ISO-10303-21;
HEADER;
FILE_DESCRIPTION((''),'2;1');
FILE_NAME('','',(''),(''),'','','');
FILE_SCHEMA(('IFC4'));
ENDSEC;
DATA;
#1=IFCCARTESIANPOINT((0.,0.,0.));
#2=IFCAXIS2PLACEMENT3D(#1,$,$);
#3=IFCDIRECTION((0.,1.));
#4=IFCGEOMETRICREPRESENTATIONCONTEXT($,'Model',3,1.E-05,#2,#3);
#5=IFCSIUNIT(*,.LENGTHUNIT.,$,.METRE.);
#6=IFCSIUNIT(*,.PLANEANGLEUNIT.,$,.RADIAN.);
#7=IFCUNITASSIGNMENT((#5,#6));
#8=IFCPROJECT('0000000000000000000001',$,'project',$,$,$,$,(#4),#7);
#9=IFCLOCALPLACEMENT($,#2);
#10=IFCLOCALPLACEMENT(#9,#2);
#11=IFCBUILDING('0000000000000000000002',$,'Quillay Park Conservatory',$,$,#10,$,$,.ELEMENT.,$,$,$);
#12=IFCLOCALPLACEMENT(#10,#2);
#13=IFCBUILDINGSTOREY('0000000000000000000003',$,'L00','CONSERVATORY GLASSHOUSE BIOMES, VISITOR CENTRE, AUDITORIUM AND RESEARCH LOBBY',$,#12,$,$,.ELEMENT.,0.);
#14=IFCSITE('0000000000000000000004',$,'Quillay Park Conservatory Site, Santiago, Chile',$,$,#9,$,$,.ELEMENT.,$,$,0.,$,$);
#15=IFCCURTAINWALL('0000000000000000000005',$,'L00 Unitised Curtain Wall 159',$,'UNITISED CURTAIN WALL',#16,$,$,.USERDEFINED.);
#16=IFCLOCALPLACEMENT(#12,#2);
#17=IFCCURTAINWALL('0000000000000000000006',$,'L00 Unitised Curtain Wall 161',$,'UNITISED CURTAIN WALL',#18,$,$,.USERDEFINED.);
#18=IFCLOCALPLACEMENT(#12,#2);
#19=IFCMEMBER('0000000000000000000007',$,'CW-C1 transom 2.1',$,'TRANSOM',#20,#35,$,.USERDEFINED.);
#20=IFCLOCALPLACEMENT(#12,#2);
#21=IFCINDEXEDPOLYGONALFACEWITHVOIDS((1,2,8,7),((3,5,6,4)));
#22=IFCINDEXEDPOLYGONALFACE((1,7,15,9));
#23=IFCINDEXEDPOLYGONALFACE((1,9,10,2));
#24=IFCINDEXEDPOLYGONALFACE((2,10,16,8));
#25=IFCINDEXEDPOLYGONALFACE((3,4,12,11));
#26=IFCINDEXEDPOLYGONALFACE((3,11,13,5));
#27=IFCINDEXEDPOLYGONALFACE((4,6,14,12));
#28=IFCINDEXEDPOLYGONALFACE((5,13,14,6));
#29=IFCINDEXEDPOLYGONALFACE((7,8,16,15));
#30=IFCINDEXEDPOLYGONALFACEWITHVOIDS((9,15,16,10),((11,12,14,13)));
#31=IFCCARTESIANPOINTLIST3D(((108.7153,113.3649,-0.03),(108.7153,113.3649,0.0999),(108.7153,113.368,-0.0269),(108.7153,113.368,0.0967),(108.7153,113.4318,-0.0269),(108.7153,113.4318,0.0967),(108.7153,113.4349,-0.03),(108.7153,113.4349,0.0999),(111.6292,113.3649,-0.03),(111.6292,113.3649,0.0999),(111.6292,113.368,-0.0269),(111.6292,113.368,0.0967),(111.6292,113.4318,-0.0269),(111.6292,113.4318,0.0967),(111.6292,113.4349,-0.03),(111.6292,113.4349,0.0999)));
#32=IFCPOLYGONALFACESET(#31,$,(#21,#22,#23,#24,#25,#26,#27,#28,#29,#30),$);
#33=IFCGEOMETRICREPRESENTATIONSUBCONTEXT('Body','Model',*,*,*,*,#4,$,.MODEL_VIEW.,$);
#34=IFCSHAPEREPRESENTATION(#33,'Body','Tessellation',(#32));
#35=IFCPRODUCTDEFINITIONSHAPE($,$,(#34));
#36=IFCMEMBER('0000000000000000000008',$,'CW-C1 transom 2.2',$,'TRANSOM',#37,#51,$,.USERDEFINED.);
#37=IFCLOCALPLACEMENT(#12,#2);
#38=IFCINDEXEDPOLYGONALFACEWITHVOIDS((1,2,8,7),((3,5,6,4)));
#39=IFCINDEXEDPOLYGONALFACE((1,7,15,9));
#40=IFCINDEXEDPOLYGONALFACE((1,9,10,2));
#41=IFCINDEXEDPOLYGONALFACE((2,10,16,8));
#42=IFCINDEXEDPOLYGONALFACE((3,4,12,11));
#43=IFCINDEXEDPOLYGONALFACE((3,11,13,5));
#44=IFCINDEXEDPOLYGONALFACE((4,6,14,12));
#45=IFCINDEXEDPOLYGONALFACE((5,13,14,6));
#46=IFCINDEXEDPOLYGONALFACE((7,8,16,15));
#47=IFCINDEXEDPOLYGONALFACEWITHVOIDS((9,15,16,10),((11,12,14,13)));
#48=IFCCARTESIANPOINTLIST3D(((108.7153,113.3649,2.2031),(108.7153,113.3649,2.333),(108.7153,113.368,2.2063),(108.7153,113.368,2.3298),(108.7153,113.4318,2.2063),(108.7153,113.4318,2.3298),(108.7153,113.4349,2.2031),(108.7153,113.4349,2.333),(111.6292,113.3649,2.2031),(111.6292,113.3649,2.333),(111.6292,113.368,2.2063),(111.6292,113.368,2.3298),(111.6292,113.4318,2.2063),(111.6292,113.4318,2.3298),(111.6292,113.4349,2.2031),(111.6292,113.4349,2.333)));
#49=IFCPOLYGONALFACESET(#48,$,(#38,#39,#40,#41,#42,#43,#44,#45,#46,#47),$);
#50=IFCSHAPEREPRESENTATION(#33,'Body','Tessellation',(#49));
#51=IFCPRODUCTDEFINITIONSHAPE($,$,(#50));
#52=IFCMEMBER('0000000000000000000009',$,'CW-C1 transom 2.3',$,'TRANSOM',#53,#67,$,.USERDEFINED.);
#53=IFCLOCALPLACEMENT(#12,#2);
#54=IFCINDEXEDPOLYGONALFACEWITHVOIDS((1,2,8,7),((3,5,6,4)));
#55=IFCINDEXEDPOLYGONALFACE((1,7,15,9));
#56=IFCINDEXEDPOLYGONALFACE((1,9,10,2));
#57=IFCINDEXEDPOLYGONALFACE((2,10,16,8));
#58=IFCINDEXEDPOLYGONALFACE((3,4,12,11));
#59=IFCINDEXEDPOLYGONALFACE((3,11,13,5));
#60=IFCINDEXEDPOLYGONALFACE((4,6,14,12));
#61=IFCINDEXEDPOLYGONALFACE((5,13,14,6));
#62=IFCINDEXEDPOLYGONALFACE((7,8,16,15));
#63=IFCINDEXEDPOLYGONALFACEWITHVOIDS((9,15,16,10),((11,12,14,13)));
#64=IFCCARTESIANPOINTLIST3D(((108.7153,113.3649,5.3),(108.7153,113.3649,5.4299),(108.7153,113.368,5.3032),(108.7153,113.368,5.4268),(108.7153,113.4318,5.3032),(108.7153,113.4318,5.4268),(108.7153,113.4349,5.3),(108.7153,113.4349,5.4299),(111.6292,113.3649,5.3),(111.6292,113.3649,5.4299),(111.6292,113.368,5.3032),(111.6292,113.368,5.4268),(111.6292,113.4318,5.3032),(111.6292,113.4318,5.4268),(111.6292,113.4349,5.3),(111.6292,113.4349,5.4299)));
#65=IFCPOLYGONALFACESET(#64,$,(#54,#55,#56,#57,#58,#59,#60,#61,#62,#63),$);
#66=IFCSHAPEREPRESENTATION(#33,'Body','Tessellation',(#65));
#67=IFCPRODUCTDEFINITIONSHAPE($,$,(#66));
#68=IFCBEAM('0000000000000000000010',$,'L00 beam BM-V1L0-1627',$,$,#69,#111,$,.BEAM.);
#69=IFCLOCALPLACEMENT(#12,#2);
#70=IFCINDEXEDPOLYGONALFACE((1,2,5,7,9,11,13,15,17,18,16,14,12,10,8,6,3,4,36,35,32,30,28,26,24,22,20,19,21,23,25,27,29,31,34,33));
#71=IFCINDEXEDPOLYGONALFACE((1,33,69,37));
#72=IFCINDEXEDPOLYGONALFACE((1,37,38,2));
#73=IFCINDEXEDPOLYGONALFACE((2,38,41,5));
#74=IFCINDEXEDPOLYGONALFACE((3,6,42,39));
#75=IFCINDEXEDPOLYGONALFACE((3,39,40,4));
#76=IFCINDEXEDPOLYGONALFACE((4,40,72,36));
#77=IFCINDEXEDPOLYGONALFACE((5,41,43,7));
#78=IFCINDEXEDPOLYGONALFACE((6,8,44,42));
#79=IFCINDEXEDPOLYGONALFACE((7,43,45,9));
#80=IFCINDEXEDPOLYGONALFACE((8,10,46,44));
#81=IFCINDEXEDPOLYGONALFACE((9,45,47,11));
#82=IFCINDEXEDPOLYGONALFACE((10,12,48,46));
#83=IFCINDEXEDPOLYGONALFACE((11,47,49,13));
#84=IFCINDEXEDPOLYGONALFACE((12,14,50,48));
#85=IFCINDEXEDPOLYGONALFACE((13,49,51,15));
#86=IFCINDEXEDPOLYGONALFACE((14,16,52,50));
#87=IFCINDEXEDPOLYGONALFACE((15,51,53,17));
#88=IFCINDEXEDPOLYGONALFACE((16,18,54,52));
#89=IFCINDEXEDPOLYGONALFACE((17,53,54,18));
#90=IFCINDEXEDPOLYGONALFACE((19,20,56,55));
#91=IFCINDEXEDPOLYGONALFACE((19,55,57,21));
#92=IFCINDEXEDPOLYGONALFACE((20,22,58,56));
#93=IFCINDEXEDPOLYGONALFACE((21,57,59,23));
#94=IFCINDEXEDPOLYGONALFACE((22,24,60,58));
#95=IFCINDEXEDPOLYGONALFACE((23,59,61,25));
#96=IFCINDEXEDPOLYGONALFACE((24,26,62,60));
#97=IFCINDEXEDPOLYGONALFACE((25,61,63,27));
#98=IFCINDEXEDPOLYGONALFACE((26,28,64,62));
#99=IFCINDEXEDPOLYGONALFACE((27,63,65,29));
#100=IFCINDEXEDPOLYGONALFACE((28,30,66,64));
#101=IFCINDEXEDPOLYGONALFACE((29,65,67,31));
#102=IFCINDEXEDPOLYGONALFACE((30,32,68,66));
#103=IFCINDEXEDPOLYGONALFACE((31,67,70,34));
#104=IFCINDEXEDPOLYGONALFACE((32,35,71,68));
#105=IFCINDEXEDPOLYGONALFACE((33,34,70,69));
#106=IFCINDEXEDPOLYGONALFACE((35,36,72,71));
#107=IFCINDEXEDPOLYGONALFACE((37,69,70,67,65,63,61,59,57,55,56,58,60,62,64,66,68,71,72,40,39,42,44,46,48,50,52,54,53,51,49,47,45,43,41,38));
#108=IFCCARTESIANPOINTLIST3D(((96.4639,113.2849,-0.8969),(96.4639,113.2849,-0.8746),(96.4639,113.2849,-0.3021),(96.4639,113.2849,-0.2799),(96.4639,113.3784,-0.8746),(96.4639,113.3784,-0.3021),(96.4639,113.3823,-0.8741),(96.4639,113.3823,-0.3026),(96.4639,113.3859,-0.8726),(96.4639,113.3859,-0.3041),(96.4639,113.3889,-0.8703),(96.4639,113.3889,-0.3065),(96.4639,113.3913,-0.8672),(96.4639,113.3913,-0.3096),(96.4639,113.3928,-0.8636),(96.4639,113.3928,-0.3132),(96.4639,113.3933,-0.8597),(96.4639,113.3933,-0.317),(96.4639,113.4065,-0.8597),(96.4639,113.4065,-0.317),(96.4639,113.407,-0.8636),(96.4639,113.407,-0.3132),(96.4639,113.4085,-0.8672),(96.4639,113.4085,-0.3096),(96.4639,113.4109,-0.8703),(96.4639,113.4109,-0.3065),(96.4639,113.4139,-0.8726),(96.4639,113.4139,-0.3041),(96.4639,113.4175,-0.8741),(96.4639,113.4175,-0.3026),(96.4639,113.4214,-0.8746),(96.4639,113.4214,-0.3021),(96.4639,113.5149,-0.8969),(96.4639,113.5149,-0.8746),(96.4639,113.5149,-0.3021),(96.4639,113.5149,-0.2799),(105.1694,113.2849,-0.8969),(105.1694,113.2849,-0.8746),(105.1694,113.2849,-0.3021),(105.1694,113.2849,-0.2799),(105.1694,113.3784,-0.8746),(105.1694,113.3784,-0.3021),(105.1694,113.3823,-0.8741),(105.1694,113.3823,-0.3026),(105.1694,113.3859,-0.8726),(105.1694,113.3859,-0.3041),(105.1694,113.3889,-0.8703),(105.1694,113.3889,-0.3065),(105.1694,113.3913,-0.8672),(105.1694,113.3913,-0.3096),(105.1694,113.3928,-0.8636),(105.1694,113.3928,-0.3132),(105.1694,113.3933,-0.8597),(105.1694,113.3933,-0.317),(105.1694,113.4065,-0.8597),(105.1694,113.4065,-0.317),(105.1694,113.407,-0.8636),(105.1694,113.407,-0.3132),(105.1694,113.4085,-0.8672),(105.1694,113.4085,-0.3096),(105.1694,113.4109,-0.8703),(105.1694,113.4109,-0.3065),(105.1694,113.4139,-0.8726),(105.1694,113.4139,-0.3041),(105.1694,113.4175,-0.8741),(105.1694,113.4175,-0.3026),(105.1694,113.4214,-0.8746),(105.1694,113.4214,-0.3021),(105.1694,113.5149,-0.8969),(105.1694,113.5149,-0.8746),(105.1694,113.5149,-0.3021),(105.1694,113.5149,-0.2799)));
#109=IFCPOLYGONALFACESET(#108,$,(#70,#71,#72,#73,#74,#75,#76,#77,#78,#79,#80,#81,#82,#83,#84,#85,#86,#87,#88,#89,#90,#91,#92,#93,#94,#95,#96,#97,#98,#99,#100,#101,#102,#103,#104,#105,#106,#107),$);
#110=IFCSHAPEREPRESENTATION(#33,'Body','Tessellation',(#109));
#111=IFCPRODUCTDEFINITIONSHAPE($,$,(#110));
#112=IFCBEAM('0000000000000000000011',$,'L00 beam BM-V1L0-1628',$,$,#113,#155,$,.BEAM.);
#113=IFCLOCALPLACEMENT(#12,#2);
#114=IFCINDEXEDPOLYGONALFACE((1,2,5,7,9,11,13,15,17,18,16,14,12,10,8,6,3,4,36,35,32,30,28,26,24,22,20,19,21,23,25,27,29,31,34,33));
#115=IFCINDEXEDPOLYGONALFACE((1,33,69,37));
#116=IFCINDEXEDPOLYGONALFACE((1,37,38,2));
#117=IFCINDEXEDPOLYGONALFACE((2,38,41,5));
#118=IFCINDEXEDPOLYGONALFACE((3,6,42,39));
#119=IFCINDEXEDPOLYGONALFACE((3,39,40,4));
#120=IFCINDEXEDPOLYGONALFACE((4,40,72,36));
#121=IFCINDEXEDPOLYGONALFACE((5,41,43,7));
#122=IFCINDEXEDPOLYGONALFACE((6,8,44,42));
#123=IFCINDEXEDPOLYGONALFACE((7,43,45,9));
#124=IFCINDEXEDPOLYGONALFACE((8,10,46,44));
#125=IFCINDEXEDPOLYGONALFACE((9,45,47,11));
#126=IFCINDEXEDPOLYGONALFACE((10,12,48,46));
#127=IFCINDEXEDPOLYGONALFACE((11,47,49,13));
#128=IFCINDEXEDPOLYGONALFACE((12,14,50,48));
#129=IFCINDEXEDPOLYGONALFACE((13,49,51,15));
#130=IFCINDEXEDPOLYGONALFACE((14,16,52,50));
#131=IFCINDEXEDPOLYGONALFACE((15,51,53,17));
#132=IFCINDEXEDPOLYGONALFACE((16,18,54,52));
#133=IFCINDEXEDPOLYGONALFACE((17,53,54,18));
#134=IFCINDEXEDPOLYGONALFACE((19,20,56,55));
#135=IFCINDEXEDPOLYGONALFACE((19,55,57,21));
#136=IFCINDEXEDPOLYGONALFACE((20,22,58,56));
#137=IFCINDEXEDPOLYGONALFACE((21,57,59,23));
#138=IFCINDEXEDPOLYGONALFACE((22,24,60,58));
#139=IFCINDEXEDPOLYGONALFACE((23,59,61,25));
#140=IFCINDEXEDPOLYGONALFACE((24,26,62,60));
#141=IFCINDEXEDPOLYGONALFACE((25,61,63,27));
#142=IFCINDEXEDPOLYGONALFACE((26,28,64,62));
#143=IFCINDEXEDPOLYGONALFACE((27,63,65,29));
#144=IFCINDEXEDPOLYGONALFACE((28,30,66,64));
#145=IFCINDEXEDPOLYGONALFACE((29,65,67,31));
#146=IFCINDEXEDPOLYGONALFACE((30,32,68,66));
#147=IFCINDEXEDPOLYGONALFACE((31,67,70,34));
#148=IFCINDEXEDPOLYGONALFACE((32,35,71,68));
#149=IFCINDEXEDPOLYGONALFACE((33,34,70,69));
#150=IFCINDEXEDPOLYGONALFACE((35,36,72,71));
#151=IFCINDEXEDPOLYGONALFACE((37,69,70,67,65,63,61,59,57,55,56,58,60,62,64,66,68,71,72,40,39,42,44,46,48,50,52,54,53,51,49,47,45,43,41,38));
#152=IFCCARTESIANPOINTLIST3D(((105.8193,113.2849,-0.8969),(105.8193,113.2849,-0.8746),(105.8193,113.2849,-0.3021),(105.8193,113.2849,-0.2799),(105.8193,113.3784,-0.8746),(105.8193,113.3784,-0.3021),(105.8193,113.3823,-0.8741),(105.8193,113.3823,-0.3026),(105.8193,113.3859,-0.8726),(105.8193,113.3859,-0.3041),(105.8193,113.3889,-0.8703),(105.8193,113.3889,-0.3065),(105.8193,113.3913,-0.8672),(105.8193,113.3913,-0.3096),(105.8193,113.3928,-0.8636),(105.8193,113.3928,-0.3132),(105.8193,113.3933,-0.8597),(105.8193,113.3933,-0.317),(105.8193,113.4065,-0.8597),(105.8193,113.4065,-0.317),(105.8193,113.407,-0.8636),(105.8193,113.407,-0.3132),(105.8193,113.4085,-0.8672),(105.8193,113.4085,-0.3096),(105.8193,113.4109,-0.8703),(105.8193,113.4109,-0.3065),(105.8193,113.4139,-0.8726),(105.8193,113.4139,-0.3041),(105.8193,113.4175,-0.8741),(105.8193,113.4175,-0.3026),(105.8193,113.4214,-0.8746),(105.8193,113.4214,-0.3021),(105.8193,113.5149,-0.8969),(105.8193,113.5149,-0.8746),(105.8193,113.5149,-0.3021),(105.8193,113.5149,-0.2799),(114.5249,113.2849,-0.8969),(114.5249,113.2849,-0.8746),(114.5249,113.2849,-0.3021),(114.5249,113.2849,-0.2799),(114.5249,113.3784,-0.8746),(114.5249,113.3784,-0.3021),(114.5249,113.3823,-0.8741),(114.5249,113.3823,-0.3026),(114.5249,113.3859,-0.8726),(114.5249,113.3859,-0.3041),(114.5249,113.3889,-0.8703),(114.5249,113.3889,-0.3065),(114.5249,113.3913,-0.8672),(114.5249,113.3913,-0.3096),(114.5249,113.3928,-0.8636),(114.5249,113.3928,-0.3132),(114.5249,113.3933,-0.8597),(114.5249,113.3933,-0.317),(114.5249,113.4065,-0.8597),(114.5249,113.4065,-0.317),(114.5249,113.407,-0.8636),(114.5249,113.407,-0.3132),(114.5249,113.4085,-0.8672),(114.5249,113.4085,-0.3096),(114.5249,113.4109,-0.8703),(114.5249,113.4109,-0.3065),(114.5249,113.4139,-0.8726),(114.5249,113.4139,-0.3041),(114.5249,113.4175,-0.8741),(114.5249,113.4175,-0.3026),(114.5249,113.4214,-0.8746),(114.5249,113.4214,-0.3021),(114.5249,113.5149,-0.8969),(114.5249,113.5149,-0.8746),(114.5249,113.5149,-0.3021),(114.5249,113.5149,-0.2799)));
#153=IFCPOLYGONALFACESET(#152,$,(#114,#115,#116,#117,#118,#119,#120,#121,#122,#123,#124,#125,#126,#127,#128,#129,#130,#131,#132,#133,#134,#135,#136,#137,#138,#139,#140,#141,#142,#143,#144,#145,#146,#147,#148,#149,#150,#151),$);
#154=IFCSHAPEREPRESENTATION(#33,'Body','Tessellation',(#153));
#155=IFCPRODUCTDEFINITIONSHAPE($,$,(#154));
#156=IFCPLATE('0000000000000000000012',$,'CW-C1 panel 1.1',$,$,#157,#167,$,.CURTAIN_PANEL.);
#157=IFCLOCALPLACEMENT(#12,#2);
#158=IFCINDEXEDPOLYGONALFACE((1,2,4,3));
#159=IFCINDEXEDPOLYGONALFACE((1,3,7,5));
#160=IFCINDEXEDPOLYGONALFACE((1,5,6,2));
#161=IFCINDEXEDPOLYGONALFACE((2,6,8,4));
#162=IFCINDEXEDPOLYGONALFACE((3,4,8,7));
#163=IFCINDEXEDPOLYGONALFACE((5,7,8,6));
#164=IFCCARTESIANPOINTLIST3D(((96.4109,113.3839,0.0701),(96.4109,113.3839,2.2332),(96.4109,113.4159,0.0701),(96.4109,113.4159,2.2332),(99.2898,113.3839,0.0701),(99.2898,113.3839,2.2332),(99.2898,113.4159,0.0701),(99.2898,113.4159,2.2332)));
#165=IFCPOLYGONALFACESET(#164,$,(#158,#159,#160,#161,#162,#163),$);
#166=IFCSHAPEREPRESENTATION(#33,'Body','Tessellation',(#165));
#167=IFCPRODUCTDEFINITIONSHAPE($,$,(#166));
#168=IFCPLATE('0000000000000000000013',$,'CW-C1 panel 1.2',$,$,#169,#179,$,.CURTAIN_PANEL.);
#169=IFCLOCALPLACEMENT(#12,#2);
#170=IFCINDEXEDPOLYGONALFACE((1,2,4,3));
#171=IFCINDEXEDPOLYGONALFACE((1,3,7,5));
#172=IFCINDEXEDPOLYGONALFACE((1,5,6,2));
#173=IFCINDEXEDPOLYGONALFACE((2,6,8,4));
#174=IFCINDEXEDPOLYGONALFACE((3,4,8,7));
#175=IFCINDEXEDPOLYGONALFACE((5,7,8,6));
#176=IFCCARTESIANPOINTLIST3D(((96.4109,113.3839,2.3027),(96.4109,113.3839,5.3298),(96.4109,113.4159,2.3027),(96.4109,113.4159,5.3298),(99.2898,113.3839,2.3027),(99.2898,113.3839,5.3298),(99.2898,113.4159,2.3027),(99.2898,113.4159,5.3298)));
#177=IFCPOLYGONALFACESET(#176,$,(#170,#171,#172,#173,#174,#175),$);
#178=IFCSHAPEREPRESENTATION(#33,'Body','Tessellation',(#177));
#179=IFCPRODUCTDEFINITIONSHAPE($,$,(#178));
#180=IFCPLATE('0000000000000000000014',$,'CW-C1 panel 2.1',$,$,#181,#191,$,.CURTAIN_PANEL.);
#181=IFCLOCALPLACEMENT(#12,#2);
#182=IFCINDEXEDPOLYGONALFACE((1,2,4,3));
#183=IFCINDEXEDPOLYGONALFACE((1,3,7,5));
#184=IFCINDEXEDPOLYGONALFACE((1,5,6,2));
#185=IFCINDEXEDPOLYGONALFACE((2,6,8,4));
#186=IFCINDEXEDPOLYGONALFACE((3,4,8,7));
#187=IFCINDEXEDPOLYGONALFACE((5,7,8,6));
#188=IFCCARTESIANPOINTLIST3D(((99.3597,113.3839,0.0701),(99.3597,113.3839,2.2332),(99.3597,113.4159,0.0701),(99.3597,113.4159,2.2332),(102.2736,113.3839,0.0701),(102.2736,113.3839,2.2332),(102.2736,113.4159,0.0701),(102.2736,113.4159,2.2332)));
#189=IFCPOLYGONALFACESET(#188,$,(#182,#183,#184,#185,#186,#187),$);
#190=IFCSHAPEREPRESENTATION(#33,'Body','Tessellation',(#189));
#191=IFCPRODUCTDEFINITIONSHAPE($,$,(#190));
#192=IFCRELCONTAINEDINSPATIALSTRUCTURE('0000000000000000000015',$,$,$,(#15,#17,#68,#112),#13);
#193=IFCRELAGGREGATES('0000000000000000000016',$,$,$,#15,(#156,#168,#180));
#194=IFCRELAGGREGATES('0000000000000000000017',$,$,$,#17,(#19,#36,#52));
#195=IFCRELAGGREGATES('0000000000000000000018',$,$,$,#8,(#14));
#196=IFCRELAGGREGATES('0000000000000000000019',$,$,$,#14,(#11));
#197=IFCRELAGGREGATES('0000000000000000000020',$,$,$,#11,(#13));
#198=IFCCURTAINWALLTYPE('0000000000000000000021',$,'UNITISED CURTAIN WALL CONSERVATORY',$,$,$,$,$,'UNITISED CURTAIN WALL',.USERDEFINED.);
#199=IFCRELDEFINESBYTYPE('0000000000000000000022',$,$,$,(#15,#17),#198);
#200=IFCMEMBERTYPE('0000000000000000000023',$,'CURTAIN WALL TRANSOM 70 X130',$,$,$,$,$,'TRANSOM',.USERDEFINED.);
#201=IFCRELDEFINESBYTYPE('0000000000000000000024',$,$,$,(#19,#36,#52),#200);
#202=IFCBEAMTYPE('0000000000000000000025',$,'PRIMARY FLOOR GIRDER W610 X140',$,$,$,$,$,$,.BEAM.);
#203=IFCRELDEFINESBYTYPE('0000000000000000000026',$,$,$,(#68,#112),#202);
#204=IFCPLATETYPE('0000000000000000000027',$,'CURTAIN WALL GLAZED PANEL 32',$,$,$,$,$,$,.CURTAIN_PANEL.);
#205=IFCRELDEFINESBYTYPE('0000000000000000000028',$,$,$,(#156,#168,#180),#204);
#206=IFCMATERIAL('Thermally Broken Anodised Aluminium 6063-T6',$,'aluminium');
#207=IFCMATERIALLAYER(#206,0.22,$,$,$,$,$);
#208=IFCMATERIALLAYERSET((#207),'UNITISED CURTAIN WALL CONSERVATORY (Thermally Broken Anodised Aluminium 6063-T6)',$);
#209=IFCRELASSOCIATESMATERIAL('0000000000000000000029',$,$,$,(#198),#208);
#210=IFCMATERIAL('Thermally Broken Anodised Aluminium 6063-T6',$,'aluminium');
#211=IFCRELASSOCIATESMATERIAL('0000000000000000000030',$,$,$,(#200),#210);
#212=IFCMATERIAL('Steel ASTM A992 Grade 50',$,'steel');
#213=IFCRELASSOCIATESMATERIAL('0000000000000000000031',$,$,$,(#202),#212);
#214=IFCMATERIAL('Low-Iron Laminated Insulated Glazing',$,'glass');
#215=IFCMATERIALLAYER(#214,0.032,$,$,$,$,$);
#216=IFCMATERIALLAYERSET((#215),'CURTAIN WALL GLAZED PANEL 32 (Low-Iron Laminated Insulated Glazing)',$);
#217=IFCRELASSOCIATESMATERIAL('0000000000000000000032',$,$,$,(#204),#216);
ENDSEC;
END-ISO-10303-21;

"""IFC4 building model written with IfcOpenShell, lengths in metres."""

from ifc_helpers import new_model, si_unit, direction, frame, origin, origin_2d, place, context, subcontext, project, spatial, rectangle, hollow_rectangle, i_section, extrude, material, layer, layer_set, material_profile, profile_set, type_object, element, aggregate, save


model = new_model("IFC4")

# Units and contexts
model_context = context("Model", 3, precision=1e-05, world=origin(), true_north=direction((0.0, 1.0)))
body_context = subcontext(model_context, "Body", "Model", "MODEL_VIEW")
ifc_project = project(units=[si_unit("LENGTHUNIT", "METRE"), si_unit("PLANEANGLEUNIT", "RADIAN")], contexts=[model_context])

# Site, building, storey
site_placement = place(None, origin())
site = spatial("IfcSite", under=ifc_project, at=site_placement, Name="Quillay Park Conservatory Site, Santiago, Chile", CompositionType="ELEMENT", RefElevation=0.0)
building_placement = place(site_placement, origin())
building = spatial("IfcBuilding", under=site, at=building_placement, Name="Quillay Park Conservatory", CompositionType="ELEMENT")
storey_placement = place(building_placement, origin())
storey = spatial("IfcBuildingStorey", under=building, at=storey_placement, Name="L00", Description="CONSERVATORY GLASSHOUSE BIOMES, VISITOR CENTRE, AUDITORIUM AND RESEARCH LOBBY", CompositionType="ELEMENT", Elevation=0.0)

# Curtain walls
ifc_material_1 = material(Name="Thermally Broken Anodised Aluminium 6063-T6", Category="aluminium")
ifc_layer_1 = layer(ifc_material_1, 0.22)
ifc_layer_set_1 = layer_set([ifc_layer_1], Name="UNITISED CURTAIN WALL CONSERVATORY (Thermally Broken Anodised Aluminium 6063-T6)")
curtain_wall_type = type_object("IfcCurtainWallType", Name="UNITISED CURTAIN WALL CONSERVATORY", ElementType="UNITISED CURTAIN WALL", PredefinedType="USERDEFINED", material=ifc_layer_set_1)
curtain_wall_1_placement = place(storey_placement, origin())
curtain_wall_1 = element("IfcCurtainWall", 1, at=curtain_wall_1_placement, inside=storey, type_object=curtain_wall_type, Name="L00 Unitised Curtain Wall 159", ObjectType="UNITISED CURTAIN WALL", PredefinedType="USERDEFINED")
curtain_wall_2_placement = place(storey_placement, origin())
curtain_wall_2 = element("IfcCurtainWall", 2, at=curtain_wall_2_placement, inside=storey, type_object=curtain_wall_type, Name="L00 Unitised Curtain Wall 161", ObjectType="UNITISED CURTAIN WALL", PredefinedType="USERDEFINED")

# Members
ifc_material_2 = material(Name="Thermally Broken Anodised Aluminium 6063-T6", Category="aluminium")
ifc_material_profile_1 = material_profile(ifc_material_2, hollow_rectangle(XDim=0.0701, YDim=0.1299, WallThickness=0.0032, at=origin_2d()), Name="AL70x130x3.2")
ifc_profile_set_1 = profile_set([ifc_material_profile_1], Name="Thermally Broken Anodised Aluminium 6063-T6")
member_type_1 = type_object("IfcMemberType", Name="CURTAIN WALL TRANSOM 70 X130", ElementType="TRANSOM", PredefinedType="USERDEFINED", material=ifc_profile_set_1)
member_1_placement = place(storey_placement, frame((108.7153, 113.3999, 0.0349), z_axis=(1.0, 0.0, 0.0), x_axis=(0.0, 1.0, 0.0)))
member_1 = element("IfcMember", 3, at=member_1_placement, type_object=member_type_1, Name="CW-C1 transom 2.1", ObjectType="TRANSOM", PredefinedType="USERDEFINED", context=body_context, shape_type="SweptSolid", body=[
    extrude(hollow_rectangle(XDim=0.0701, YDim=0.1299, WallThickness=0.0032, at=origin_2d()), origin(), (0.0, 0.0, 1.0), 2.9138),
])
member_2_placement = place(storey_placement, frame((108.7153, 113.3999, 2.2681), z_axis=(1.0, 0.0, 0.0), x_axis=(0.0, 1.0, 0.0)))
member_2 = element("IfcMember", 4, at=member_2_placement, type_object=member_type_1, Name="CW-C1 transom 2.2", ObjectType="TRANSOM", PredefinedType="USERDEFINED", context=body_context, shape_type="SweptSolid", body=[
    extrude(hollow_rectangle(XDim=0.0701, YDim=0.1299, WallThickness=0.0032, at=origin_2d()), origin(), (0.0, 0.0, 1.0), 2.9138),
])
member_3_placement = place(storey_placement, frame((108.7153, 113.3999, 5.365), z_axis=(1.0, 0.0, 0.0), x_axis=(0.0, 1.0, 0.0)))
member_3 = element("IfcMember", 5, at=member_3_placement, type_object=member_type_1, Name="CW-C1 transom 2.3", ObjectType="TRANSOM", PredefinedType="USERDEFINED", context=body_context, shape_type="SweptSolid", body=[
    extrude(hollow_rectangle(XDim=0.0701, YDim=0.1299, WallThickness=0.0032, at=origin_2d()), origin(), (0.0, 0.0, 1.0), 2.9138),
])

# Beams
ifc_material_3 = material(Name="Steel ASTM A992 Grade 50", Category="steel")
ifc_material_profile_2 = material_profile(ifc_material_3, i_section(OverallWidth=0.23, OverallDepth=0.6169, WebThickness=0.0132, FlangeThickness=0.0222, FilletRadius=0.0149, at=origin_2d()), Name="W610x140")
ifc_profile_set_2 = profile_set([ifc_material_profile_2], Name="Steel ASTM A992 Grade 50")
beam_type = type_object("IfcBeamType", Name="PRIMARY FLOOR GIRDER W610 X140", PredefinedType="BEAM", material=ifc_profile_set_2)
for number, where, z_axis, x_axis, name in (
    (6, (96.4639, 113.3999, -0.5884), (1.0, 0.0, 0.0), (0.0, 1.0, 0.0), "L00 beam BM-V1L0-1627"),
    (7, (105.8193, 113.3999, -0.5884), (1.0, 0.0, 0.0), (0.0, 1.0, 0.0), "L00 beam BM-V1L0-1628"),
):
    element("IfcBeam", number, at=place(storey_placement, frame(where, z_axis=z_axis, x_axis=x_axis)), inside=storey, type_object=beam_type, Name=name, PredefinedType="BEAM", context=body_context, shape_type="SweptSolid", body=[
        extrude(i_section(OverallWidth=0.23, OverallDepth=0.6169, WebThickness=0.0132, FlangeThickness=0.0222, FilletRadius=0.0149, at=origin_2d()), origin(), (0.0, 0.0, 1.0), 8.7056),
    ])

# Plates
ifc_material_4 = material(Name="Low-Iron Laminated Insulated Glazing", Category="glass")
ifc_layer_2 = layer(ifc_material_4, 0.032)
ifc_layer_set_2 = layer_set([ifc_layer_2], Name="CURTAIN WALL GLAZED PANEL 32 (Low-Iron Laminated Insulated Glazing)")
plate_type_1 = type_object("IfcPlateType", Name="CURTAIN WALL GLAZED PANEL 32", PredefinedType="CURTAIN_PANEL", material=ifc_layer_set_2)
plate_1_placement = place(storey_placement, frame((97.8503, 113.3999, 0.0701), z_axis=(0.0, 0.0, 1.0), x_axis=(1.0, 0.0, 0.0)))
plate_1 = element("IfcPlate", 8, at=plate_1_placement, type_object=plate_type_1, Name="CW-C1 panel 1.1", PredefinedType="CURTAIN_PANEL", context=body_context, shape_type="SweptSolid", body=[
    extrude(rectangle(XDim=2.8789, YDim=0.032, at=origin_2d()), origin(), (0.0, 0.0, 1.0), 2.1631),
])
plate_2_placement = place(storey_placement, frame((97.8503, 113.3999, 2.3027), z_axis=(0.0, 0.0, 1.0), x_axis=(1.0, 0.0, 0.0)))
plate_2 = element("IfcPlate", 9, at=plate_2_placement, type_object=plate_type_1, Name="CW-C1 panel 1.2", PredefinedType="CURTAIN_PANEL", context=body_context, shape_type="SweptSolid", body=[
    extrude(rectangle(XDim=2.8789, YDim=0.032, at=origin_2d()), origin(), (0.0, 0.0, 1.0), 3.0271),
])
plate_3_placement = place(storey_placement, frame((100.8167, 113.3999, 0.0701), z_axis=(0.0, 0.0, 1.0), x_axis=(1.0, 0.0, 0.0)))
plate_3 = element("IfcPlate", 10, at=plate_3_placement, type_object=plate_type_1, Name="CW-C1 panel 2.1", PredefinedType="CURTAIN_PANEL", context=body_context, shape_type="SweptSolid", body=[
    extrude(rectangle(XDim=2.9138, YDim=0.032, at=origin_2d()), origin(), (0.0, 0.0, 1.0), 2.1631),
])
aggregate(curtain_wall_1, [plate_1, plate_2, plate_3])
aggregate(curtain_wall_2, [member_1, member_2, member_3])

save(model, "model.ifc")
